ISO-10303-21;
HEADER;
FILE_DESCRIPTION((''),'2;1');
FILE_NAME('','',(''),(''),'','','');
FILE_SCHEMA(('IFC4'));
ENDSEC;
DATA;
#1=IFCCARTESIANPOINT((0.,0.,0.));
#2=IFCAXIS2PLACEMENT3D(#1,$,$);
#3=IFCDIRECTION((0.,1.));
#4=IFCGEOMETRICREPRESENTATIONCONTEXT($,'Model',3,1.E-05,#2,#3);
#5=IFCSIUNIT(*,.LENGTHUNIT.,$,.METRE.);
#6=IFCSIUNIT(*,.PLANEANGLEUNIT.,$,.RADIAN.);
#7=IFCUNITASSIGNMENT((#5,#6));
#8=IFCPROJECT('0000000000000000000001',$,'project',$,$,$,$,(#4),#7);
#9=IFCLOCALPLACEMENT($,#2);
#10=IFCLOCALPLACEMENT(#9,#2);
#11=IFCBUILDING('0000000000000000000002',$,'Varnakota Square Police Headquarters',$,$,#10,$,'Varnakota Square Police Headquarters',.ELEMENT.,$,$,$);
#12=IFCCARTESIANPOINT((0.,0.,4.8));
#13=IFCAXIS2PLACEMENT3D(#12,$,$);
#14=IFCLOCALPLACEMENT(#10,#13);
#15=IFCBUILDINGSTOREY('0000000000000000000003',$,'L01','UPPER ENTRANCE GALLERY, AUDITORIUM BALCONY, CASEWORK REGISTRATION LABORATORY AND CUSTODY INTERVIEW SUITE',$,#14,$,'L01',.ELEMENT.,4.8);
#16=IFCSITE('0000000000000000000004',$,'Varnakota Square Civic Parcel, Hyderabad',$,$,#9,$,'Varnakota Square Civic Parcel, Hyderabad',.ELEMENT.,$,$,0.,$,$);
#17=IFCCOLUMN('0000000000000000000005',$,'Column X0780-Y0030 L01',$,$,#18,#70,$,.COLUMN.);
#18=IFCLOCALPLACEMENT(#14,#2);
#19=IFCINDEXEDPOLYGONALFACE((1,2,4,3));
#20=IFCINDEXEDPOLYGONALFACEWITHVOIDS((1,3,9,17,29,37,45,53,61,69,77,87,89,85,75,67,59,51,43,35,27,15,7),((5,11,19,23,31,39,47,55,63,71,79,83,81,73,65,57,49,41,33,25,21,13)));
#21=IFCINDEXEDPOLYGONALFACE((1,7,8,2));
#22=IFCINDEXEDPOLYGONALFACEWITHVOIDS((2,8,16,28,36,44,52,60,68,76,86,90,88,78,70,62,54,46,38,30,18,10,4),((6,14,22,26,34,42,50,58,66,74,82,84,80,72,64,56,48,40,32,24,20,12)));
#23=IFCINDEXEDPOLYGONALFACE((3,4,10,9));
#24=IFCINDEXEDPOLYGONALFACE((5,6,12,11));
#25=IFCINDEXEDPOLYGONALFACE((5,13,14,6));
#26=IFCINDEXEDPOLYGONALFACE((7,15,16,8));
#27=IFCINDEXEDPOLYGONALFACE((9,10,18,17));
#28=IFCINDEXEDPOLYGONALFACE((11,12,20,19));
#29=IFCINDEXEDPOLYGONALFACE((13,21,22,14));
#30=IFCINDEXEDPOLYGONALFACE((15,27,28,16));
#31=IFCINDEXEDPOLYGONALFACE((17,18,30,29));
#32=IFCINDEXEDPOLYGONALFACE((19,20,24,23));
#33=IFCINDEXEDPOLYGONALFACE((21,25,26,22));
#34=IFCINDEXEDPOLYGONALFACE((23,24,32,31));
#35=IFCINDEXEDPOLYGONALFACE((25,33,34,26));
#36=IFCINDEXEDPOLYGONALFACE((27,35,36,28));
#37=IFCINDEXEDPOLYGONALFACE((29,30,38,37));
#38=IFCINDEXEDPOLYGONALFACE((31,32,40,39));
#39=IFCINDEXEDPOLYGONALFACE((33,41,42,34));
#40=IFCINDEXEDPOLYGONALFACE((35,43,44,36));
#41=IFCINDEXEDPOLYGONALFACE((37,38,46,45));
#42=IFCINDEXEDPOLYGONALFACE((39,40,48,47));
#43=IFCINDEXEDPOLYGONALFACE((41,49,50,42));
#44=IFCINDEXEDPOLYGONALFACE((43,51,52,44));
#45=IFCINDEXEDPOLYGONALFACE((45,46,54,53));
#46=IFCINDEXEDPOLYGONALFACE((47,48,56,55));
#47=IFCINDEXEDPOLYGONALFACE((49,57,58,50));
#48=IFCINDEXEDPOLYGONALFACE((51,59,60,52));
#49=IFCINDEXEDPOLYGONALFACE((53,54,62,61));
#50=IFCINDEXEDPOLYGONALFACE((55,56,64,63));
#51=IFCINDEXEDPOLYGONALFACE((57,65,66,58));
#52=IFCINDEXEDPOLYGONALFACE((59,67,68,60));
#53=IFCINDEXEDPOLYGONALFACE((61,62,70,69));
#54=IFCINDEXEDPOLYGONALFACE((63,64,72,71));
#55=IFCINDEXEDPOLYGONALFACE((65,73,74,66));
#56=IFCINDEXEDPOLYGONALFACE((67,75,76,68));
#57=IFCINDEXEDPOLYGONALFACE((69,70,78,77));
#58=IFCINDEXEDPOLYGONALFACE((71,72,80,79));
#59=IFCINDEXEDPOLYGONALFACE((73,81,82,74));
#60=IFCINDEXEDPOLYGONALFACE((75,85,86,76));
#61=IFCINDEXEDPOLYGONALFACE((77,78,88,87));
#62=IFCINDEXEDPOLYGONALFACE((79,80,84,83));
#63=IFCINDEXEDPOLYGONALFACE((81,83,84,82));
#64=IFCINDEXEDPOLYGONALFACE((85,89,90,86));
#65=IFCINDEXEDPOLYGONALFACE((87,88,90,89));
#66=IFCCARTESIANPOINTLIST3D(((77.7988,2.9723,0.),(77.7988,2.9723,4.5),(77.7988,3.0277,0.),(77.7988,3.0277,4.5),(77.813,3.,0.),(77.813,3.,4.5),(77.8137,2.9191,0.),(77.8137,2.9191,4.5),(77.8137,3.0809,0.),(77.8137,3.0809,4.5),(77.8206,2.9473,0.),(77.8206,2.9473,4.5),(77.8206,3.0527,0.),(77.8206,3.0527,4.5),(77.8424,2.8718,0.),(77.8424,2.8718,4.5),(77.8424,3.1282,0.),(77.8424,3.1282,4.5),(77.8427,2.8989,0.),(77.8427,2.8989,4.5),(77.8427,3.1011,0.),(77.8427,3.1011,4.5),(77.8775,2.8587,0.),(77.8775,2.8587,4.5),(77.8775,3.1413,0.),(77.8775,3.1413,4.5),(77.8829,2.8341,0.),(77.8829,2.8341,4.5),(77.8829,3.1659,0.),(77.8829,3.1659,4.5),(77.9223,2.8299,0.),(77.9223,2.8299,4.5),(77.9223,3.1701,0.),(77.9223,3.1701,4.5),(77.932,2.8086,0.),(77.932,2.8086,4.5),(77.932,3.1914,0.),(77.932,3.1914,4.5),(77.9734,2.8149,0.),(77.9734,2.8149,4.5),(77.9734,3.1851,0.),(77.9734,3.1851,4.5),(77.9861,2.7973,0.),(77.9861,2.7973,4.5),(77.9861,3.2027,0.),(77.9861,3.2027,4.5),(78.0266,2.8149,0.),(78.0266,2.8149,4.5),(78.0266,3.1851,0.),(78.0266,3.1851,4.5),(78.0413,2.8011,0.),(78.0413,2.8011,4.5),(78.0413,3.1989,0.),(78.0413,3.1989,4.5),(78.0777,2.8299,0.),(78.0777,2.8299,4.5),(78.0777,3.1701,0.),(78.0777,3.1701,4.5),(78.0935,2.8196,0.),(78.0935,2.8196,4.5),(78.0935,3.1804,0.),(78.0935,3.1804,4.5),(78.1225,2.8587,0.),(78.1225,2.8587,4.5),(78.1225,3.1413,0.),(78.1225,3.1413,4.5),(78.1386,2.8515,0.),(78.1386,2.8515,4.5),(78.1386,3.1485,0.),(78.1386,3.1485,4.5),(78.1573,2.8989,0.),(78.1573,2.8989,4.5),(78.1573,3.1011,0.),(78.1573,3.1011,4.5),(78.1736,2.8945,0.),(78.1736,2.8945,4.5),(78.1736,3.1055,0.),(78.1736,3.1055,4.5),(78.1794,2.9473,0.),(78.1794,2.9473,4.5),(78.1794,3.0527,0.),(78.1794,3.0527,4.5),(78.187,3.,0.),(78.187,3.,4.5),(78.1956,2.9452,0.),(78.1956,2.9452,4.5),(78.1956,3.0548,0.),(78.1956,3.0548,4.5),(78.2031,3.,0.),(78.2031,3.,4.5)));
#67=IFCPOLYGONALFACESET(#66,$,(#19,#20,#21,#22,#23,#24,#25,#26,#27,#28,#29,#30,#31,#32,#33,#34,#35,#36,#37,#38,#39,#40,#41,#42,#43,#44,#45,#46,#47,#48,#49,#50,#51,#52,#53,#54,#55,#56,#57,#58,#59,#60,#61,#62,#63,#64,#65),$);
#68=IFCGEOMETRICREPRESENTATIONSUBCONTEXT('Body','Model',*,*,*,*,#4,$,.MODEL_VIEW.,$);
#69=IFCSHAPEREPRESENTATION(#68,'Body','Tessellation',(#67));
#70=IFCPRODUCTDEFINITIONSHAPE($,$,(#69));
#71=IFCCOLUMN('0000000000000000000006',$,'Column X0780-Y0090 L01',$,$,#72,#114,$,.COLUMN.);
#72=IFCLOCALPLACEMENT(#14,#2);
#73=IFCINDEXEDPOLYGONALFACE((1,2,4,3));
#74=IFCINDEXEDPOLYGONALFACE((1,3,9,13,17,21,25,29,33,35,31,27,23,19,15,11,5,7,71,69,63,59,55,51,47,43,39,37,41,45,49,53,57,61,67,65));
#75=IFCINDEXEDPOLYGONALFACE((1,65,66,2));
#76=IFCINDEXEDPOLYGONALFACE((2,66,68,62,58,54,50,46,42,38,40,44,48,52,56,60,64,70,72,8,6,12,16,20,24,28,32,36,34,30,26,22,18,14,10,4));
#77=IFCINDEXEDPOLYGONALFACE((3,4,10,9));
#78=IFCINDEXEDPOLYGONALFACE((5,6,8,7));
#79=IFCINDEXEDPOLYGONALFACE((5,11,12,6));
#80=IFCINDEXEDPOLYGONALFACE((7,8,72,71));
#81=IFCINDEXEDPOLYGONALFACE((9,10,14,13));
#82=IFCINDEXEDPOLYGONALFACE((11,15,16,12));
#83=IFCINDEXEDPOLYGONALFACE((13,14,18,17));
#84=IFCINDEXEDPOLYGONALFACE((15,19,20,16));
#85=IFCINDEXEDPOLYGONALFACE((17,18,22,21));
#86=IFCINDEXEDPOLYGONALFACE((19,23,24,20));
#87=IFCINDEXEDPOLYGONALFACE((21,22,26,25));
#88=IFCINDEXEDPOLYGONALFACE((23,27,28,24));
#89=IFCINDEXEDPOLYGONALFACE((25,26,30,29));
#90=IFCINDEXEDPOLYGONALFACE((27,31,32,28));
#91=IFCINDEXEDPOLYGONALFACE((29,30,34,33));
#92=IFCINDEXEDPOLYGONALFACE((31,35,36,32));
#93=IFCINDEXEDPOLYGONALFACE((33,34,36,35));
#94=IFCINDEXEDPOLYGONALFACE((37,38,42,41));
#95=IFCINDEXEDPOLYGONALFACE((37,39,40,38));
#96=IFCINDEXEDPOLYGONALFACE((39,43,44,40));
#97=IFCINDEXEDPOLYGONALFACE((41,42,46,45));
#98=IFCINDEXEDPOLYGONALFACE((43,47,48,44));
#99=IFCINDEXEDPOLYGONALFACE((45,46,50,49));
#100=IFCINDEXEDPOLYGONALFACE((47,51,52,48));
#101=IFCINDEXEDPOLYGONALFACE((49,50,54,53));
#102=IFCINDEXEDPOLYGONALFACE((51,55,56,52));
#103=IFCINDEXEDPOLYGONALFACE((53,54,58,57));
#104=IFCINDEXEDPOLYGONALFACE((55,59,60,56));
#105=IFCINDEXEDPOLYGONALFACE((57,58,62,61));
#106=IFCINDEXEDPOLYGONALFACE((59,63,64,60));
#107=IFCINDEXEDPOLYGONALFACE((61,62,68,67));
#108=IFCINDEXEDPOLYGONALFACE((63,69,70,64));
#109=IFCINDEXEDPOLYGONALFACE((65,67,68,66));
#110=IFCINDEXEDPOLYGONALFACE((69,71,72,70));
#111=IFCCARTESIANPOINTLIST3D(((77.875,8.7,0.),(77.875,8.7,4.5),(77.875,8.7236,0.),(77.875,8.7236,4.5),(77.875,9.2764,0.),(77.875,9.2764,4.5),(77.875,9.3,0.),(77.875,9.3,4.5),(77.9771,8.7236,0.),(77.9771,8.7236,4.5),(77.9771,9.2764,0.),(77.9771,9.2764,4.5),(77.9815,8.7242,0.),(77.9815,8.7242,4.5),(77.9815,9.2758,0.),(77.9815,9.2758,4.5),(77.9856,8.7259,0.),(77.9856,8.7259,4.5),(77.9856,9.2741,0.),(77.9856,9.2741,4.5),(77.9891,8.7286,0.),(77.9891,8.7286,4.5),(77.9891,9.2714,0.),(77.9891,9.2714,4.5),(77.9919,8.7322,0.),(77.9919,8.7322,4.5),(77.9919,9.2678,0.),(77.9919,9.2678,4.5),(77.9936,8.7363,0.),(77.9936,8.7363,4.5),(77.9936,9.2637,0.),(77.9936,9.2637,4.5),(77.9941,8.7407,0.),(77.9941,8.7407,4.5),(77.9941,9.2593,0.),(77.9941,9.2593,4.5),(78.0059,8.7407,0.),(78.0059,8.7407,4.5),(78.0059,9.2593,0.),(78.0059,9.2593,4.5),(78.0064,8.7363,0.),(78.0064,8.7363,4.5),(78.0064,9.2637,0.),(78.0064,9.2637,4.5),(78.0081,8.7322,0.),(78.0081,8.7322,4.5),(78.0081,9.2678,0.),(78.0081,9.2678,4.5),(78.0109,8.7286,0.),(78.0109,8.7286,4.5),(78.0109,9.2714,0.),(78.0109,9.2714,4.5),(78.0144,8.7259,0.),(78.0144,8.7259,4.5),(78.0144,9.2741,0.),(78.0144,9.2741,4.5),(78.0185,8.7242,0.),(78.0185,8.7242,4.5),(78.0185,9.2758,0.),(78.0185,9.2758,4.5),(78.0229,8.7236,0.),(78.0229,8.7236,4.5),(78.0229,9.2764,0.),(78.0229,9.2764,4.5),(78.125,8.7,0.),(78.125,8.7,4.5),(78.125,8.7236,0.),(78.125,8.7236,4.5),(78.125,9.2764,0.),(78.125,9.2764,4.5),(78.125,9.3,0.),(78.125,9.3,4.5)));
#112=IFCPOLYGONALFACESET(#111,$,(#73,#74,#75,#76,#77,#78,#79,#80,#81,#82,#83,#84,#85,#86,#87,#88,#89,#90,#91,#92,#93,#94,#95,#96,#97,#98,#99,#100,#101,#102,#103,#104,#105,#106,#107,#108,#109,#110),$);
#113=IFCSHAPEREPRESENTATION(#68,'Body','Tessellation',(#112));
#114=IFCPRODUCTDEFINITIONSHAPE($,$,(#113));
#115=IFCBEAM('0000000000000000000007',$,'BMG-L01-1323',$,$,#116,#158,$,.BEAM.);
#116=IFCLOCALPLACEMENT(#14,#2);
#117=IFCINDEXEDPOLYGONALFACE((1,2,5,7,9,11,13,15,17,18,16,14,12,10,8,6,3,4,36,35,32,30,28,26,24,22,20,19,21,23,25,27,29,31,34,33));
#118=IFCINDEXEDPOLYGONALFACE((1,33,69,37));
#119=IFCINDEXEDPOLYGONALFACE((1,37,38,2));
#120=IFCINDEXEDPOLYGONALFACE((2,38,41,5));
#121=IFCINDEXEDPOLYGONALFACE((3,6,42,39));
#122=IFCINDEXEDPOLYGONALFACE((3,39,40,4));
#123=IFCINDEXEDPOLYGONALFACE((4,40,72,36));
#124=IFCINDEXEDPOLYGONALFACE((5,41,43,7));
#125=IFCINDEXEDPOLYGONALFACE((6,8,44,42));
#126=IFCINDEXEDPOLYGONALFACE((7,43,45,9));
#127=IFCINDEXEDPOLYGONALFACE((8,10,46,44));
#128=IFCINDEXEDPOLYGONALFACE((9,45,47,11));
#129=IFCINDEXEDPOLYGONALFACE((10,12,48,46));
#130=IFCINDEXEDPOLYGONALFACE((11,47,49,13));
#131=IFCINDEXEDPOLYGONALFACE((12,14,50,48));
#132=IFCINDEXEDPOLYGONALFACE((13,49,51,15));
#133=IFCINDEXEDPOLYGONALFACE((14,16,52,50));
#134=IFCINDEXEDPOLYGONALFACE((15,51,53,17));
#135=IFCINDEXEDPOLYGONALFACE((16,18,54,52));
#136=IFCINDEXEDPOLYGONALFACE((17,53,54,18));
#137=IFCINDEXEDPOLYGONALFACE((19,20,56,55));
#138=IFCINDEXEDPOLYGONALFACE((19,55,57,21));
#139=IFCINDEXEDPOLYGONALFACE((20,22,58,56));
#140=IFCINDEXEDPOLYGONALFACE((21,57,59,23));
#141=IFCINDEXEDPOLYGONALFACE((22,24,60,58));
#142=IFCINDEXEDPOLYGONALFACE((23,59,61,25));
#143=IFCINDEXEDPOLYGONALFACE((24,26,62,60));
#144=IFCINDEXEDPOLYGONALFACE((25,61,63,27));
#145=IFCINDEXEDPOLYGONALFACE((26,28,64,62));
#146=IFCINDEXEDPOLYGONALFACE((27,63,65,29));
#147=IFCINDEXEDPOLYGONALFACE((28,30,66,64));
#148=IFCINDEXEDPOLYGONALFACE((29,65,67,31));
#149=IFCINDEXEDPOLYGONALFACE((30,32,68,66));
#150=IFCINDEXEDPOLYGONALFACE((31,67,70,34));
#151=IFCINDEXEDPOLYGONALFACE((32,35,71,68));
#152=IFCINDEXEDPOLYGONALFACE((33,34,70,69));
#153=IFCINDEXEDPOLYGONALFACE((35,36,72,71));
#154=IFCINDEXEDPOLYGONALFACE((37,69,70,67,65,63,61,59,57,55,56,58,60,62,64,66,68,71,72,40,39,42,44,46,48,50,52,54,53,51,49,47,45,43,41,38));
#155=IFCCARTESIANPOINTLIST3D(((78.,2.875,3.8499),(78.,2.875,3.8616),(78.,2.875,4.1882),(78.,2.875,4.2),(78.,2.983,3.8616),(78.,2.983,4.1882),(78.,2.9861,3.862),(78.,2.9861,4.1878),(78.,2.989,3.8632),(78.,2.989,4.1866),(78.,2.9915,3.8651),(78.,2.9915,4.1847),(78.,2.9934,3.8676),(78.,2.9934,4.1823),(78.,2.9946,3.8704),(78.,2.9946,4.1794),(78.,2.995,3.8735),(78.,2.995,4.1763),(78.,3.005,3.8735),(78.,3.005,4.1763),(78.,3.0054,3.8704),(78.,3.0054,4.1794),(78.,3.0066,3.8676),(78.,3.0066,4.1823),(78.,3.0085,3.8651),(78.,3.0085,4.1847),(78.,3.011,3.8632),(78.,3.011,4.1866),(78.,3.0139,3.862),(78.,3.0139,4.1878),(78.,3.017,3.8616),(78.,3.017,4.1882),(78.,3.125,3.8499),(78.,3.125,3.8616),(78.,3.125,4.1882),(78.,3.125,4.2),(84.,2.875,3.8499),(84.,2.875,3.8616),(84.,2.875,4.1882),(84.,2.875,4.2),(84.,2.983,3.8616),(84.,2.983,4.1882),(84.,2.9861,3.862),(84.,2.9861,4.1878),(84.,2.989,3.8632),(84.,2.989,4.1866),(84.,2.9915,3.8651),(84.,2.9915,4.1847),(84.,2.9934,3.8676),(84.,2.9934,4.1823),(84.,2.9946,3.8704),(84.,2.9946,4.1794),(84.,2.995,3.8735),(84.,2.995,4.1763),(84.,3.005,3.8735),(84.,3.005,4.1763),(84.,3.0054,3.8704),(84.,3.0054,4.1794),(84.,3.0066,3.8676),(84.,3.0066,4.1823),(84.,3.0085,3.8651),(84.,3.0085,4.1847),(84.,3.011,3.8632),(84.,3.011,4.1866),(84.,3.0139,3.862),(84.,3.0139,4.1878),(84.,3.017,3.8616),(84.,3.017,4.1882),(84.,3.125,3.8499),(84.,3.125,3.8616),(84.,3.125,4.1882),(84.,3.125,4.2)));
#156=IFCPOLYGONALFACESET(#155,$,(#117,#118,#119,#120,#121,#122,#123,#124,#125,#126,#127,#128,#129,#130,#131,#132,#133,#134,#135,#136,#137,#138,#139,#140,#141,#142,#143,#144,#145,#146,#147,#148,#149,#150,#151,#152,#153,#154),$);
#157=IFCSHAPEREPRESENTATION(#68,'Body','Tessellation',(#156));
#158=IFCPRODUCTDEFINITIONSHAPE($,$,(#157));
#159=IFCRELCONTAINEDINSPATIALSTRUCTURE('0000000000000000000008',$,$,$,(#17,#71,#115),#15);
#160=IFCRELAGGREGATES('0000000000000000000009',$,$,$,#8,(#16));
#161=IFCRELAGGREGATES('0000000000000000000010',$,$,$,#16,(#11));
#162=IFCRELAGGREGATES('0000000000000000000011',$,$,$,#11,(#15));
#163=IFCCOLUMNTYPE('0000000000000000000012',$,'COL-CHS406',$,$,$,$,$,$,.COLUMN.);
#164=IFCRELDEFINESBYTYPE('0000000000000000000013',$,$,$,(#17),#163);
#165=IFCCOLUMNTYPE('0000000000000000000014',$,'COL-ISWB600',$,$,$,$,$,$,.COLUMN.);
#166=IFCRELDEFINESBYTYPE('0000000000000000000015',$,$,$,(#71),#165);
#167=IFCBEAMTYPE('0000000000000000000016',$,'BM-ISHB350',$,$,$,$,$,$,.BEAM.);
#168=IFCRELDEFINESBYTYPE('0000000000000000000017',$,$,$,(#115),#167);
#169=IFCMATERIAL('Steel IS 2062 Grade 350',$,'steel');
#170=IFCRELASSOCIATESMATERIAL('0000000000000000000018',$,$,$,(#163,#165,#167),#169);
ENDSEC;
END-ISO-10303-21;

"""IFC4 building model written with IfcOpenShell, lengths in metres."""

from ifc_helpers import new_model, si_unit, direction, frame, origin, origin_2d, place, context, subcontext, project, spatial, hollow_circle, i_section, extrude, material, material_profile, profile_set, type_object, element, save


model = new_model("IFC4")

# Units and contexts
model_context = context("Model", 3, precision=1e-05, world=origin(), true_north=direction((0.0, 1.0)))
body_context = subcontext(model_context, "Body", "Model", "MODEL_VIEW")
ifc_project = project(units=[si_unit("LENGTHUNIT", "METRE"), si_unit("PLANEANGLEUNIT", "RADIAN")], contexts=[model_context])

# Site, building, storey
site_placement = place(None, origin())
site = spatial("IfcSite", under=ifc_project, at=site_placement, Name="Varnakota Square Civic Parcel, Hyderabad", LongName="Varnakota Square Civic Parcel, Hyderabad", CompositionType="ELEMENT", RefElevation=0.0)
building_placement = place(site_placement, origin())
building = spatial("IfcBuilding", under=site, at=building_placement, Name="Varnakota Square Police Headquarters", LongName="Varnakota Square Police Headquarters", CompositionType="ELEMENT")
storey_placement = place(building_placement, frame((0.0, 0.0, 4.8)))
storey = spatial("IfcBuildingStorey", under=building, at=storey_placement, Name="L01", Description="UPPER ENTRANCE GALLERY, AUDITORIUM BALCONY, CASEWORK REGISTRATION LABORATORY AND CUSTODY INTERVIEW SUITE", LongName="L01", CompositionType="ELEMENT", Elevation=4.8)

# Columns
ifc_material_1 = material(Name="Steel IS 2062 Grade 350", Category="steel")
ifc_material_profile_1 = material_profile(ifc_material_1, hollow_circle(Radius=0.2031, WallThickness=0.0161, at=origin_2d()), Name="CHS 406.4x16.0")
ifc_profile_set_1 = profile_set([ifc_material_profile_1], Name="Steel IS 2062 Grade 350")
column_type_1 = type_object("IfcColumnType", Name="COL-CHS406", PredefinedType="COLUMN", material=ifc_profile_set_1)
column_1_placement = place(storey_placement, frame((78.0, 3.0, 0.0), z_axis=(0.0, 0.0, 1.0), x_axis=(1.0, 0.0, 0.0)))
element("IfcColumn", 1, at=column_1_placement, inside=storey, type_object=column_type_1, Name="Column X0780-Y0030 L01", PredefinedType="COLUMN", context=body_context, shape_type="SweptSolid", body=[
    extrude(hollow_circle(Radius=0.2031, WallThickness=0.0161, at=origin_2d()), origin(), (0.0, 0.0, 1.0), 4.5),
])
ifc_material_profile_2 = material_profile(ifc_material_1, i_section(OverallWidth=0.25, OverallDepth=0.6001, WebThickness=0.0117, FlangeThickness=0.0237, FilletRadius=0.0171, at=origin_2d()), Name="ISWB 600")
ifc_profile_set_2 = profile_set([ifc_material_profile_2], Name="Steel IS 2062 Grade 350")
column_type_2 = type_object("IfcColumnType", Name="COL-ISWB600", PredefinedType="COLUMN", material=ifc_profile_set_2)
column_2_placement = place(storey_placement, frame((78.0, 9.0, 0.0), z_axis=(0.0, 0.0, 1.0), x_axis=(1.0, 0.0, 0.0)))
element("IfcColumn", 2, at=column_2_placement, inside=storey, type_object=column_type_2, Name="Column X0780-Y0090 L01", PredefinedType="COLUMN", context=body_context, shape_type="SweptSolid", body=[
    extrude(i_section(OverallWidth=0.25, OverallDepth=0.6001, WebThickness=0.0117, FlangeThickness=0.0237, FilletRadius=0.0171, at=origin_2d()), origin(), (0.0, 0.0, 1.0), 4.5),
])

# Beam
ifc_material_profile_3 = material_profile(ifc_material_1, i_section(OverallWidth=0.25, OverallDepth=0.3501, WebThickness=0.01, FlangeThickness=0.0117, FilletRadius=0.012, at=origin_2d()), Name="ISHB 350")
ifc_profile_set_3 = profile_set([ifc_material_profile_3], Name="Steel IS 2062 Grade 350")
beam_type_1 = type_object("IfcBeamType", Name="BM-ISHB350", PredefinedType="BEAM", material=ifc_profile_set_3)
beam_1_placement = place(storey_placement, frame((78.0, 3.0, 4.0249), z_axis=(1.0, 0.0, 0.0), x_axis=(0.0, 1.0, 0.0)))
element("IfcBeam", 3, at=beam_1_placement, inside=storey, type_object=beam_type_1, Name="BMG-L01-1323", PredefinedType="BEAM", context=body_context, shape_type="SweptSolid", body=[
    extrude(i_section(OverallWidth=0.25, OverallDepth=0.3501, WebThickness=0.01, FlangeThickness=0.0117, FilletRadius=0.012, at=origin_2d()), origin(), (0.0, 0.0, 1.0), 6.0),
])

save(model, "model.ifc")
